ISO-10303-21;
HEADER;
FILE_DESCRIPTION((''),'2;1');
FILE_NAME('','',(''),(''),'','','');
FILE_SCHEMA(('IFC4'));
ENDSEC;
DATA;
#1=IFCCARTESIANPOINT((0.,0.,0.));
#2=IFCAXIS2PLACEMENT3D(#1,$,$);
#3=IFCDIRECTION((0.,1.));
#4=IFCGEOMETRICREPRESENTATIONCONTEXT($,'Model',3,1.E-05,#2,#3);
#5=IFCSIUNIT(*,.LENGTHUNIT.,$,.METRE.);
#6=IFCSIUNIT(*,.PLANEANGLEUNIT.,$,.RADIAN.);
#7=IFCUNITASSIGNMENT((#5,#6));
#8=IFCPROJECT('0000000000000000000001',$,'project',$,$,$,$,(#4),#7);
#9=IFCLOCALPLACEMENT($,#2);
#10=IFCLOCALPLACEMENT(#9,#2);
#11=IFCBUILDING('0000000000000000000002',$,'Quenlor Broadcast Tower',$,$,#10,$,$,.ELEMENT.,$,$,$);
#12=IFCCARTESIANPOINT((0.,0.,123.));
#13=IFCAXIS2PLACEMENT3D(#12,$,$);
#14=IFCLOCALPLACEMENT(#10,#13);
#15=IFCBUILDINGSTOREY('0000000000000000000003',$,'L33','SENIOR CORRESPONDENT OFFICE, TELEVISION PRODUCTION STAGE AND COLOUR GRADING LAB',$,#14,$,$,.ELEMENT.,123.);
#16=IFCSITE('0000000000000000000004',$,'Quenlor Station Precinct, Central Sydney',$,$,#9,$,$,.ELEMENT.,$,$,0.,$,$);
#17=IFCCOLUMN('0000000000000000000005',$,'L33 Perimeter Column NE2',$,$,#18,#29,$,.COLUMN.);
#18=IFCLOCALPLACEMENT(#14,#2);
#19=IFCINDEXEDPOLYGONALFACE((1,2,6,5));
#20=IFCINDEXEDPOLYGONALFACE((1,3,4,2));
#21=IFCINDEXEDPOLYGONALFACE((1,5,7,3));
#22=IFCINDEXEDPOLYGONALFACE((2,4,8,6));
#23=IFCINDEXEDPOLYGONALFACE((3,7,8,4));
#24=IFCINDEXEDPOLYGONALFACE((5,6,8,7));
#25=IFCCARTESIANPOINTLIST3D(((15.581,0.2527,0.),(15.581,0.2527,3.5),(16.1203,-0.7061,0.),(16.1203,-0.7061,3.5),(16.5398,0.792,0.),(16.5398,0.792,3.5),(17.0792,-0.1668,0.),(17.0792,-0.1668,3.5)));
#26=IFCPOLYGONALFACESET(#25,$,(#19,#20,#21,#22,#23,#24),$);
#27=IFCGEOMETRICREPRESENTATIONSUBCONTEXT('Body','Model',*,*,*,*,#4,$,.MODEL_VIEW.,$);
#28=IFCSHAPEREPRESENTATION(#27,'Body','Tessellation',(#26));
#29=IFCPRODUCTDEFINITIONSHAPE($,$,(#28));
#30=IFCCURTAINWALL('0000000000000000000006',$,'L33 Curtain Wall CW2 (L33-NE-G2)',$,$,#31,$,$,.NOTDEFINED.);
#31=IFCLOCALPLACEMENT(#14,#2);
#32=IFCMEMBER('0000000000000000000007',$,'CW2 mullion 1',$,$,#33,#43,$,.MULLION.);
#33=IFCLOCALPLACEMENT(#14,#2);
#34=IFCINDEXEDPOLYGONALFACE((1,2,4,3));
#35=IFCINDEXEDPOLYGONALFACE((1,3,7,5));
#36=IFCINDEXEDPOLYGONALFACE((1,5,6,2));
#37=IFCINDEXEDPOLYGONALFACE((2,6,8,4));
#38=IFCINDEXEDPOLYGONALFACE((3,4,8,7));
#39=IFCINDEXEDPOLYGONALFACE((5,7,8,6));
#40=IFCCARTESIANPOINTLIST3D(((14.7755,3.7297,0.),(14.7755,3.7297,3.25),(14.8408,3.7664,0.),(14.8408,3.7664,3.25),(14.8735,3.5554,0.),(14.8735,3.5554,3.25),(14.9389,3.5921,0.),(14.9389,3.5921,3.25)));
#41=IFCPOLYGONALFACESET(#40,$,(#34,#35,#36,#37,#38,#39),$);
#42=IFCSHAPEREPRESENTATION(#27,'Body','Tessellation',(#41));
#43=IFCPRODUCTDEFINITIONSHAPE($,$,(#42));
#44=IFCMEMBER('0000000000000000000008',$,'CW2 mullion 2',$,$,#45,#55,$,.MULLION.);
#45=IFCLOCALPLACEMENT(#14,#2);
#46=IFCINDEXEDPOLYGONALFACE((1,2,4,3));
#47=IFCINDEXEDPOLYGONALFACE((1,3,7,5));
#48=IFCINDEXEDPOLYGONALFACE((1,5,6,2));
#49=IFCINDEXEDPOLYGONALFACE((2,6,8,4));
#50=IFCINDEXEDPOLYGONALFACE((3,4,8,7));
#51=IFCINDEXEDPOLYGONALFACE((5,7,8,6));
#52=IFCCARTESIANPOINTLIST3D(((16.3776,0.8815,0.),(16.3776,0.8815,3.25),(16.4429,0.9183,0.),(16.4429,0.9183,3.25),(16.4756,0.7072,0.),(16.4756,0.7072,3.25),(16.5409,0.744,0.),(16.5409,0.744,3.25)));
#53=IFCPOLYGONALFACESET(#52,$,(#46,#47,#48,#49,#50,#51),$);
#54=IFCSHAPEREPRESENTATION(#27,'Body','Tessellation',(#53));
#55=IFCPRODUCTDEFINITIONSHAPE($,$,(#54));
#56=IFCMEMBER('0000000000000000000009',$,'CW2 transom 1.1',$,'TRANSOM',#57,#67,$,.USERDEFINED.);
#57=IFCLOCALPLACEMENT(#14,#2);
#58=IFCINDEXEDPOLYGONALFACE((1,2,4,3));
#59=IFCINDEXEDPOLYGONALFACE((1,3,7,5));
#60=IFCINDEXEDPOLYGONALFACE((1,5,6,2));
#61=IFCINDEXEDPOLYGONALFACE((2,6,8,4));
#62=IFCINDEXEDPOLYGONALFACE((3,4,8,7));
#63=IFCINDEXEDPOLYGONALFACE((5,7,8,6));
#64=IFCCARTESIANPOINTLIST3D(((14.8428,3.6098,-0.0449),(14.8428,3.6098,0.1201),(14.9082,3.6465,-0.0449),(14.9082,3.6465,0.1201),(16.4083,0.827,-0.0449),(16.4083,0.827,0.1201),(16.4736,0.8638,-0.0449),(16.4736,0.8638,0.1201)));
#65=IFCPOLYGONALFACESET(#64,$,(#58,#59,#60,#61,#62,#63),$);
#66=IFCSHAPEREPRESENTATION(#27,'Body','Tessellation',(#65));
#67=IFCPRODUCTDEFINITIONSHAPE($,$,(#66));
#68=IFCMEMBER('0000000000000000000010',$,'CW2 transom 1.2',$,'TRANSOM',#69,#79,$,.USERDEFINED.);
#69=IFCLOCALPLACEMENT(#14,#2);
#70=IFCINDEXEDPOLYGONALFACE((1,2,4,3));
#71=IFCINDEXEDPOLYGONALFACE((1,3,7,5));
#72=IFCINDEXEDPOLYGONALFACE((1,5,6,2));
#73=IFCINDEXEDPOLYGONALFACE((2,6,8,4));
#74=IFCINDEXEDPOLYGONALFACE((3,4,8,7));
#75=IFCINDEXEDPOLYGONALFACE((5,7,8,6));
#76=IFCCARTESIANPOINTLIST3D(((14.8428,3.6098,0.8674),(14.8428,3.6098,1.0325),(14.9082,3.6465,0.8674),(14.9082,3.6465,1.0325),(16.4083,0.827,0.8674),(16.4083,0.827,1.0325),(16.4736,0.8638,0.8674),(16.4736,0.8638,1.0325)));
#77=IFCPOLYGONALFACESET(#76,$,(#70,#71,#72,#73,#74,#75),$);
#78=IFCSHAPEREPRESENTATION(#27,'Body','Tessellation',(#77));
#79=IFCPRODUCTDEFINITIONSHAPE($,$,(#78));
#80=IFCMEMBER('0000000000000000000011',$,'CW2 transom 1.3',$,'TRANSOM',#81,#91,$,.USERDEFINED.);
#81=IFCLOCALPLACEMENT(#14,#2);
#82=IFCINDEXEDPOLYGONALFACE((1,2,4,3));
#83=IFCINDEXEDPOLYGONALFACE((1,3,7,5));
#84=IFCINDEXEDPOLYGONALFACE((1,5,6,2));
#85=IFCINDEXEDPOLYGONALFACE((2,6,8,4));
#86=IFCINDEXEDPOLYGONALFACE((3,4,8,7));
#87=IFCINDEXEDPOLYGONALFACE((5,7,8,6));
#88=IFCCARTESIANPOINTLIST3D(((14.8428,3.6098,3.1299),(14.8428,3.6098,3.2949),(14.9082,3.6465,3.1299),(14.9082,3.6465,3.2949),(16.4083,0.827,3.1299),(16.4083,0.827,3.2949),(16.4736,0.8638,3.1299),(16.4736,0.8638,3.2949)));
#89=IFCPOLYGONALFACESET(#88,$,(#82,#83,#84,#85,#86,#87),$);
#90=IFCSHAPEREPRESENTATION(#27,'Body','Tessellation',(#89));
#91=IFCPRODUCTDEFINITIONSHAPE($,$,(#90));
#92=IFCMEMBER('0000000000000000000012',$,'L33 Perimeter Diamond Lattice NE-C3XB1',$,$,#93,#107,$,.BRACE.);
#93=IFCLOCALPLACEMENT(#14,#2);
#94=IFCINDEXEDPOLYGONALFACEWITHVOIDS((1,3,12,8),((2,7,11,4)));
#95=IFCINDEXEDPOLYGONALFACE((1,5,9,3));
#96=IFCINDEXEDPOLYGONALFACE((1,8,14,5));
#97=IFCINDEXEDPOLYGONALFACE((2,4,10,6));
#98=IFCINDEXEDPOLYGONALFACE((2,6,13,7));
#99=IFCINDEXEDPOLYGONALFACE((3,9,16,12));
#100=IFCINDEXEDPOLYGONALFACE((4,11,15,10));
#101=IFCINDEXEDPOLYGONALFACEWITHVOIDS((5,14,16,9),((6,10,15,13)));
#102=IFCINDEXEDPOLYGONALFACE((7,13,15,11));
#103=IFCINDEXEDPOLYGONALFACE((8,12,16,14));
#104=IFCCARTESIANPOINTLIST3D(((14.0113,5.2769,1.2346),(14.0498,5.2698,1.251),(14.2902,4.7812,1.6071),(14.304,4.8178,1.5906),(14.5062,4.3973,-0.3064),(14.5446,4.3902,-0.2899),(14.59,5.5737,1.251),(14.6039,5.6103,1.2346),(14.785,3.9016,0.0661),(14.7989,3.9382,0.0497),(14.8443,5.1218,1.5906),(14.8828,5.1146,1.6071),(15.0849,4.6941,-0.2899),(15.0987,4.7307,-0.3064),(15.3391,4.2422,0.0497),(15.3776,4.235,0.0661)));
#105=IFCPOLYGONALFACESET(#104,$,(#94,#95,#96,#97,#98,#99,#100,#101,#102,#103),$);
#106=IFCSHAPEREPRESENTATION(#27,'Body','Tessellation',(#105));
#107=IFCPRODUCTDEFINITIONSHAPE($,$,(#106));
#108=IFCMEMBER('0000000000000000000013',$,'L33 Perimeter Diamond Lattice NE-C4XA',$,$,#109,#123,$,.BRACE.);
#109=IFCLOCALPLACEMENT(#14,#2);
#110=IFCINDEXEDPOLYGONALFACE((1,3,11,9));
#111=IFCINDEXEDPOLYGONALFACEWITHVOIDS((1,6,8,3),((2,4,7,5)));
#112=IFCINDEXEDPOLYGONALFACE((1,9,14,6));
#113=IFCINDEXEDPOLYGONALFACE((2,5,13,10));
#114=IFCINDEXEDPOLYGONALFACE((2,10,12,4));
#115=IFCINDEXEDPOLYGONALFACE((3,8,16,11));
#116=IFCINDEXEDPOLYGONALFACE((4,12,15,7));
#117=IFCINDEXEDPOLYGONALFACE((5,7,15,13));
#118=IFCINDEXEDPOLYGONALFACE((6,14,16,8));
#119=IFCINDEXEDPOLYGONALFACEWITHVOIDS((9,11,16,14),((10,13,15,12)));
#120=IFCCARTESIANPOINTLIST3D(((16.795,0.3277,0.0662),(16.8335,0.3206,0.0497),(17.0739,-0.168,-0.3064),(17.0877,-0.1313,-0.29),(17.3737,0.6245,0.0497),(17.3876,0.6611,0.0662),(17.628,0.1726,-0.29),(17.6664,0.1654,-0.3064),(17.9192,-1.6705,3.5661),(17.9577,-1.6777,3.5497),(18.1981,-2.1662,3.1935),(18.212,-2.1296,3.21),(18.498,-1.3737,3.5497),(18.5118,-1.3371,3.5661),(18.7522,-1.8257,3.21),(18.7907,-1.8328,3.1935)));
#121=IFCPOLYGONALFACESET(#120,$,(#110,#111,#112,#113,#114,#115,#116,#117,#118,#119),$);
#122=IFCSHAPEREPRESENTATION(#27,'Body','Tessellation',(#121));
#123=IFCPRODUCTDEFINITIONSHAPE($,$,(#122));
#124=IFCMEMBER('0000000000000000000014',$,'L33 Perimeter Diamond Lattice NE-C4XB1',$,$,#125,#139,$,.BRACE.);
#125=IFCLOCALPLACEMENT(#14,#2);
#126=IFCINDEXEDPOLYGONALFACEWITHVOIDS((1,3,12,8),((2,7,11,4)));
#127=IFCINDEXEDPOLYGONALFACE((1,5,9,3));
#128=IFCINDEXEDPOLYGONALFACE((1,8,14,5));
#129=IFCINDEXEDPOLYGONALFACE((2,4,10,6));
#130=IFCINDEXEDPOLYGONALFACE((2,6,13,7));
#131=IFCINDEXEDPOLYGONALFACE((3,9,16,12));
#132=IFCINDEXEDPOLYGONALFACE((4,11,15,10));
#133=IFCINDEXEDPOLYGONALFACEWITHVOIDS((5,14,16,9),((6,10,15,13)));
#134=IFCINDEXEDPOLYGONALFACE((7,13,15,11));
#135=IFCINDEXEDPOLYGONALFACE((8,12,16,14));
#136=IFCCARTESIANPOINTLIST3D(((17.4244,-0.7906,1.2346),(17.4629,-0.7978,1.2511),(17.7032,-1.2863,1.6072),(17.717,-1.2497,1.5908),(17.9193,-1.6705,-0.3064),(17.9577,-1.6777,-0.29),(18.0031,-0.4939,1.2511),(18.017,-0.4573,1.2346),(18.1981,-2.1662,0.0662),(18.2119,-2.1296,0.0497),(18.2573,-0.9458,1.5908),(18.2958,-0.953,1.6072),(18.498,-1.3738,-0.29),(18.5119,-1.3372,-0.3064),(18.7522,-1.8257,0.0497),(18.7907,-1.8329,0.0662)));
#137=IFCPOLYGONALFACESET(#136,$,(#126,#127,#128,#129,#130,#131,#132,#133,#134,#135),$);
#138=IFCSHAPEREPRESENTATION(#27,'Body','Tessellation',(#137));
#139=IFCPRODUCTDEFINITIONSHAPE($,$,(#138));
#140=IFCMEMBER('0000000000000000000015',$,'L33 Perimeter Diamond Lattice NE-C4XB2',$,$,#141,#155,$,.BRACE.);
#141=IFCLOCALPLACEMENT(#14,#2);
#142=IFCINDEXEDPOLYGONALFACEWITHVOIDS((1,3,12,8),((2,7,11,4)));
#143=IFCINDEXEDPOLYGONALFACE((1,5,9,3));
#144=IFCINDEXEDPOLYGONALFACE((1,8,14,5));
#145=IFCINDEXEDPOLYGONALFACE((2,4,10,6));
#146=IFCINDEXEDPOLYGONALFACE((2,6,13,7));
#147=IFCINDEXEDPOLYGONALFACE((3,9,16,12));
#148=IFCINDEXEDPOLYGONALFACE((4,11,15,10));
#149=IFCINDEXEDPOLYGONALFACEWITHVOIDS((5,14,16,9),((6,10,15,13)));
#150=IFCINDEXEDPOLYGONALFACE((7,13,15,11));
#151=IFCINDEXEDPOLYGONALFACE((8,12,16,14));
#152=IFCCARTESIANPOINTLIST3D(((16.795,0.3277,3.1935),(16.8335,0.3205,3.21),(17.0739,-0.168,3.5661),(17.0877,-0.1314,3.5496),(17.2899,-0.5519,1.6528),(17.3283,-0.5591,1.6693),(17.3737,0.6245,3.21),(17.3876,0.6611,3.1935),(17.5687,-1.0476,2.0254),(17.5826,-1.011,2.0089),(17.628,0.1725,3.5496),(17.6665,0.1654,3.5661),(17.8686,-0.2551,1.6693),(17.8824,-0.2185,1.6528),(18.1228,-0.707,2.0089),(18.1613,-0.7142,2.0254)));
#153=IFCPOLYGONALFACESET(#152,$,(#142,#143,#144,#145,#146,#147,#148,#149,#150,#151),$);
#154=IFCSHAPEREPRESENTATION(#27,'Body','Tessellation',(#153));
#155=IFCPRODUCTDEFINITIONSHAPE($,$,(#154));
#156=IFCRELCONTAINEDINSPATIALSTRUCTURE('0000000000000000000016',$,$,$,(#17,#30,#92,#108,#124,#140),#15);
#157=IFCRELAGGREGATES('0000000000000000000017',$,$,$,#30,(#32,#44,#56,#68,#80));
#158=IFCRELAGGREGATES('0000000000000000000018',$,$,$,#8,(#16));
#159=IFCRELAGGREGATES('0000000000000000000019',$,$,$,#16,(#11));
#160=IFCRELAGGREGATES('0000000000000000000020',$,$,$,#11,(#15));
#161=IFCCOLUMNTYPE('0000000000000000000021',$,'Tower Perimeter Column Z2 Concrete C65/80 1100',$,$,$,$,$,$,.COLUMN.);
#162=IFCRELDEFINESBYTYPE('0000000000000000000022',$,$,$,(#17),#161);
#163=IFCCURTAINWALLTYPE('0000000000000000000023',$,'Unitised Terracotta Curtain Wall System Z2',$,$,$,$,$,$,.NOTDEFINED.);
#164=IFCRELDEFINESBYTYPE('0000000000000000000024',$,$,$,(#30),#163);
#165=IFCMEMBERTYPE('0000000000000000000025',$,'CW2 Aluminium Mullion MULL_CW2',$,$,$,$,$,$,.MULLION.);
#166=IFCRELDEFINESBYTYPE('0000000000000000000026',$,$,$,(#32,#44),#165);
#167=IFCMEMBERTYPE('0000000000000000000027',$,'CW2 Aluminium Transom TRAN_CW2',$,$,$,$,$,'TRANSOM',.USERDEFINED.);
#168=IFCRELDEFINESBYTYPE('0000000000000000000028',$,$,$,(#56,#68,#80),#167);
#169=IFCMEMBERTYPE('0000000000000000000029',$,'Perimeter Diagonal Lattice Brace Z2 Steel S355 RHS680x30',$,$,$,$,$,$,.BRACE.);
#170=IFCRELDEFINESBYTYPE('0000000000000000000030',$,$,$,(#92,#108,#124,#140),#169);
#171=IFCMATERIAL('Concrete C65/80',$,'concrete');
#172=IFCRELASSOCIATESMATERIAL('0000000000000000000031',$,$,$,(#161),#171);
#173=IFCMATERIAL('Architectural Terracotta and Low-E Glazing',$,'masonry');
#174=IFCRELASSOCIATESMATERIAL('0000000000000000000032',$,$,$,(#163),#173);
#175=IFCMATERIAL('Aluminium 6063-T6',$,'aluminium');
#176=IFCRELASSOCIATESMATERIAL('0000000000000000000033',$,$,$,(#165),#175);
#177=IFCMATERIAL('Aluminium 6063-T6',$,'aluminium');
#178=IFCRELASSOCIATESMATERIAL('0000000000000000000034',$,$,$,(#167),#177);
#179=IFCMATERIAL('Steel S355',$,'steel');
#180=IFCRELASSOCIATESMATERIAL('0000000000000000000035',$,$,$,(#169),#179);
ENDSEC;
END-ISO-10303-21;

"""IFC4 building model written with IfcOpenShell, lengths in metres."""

from ifc_helpers import new_model, si_unit, direction, frame, origin, origin_2d, place, context, subcontext, project, spatial, rectangle, hollow_rectangle, extrude, material, material_profile, profile_set, type_object, element, aggregate, save


model = new_model("IFC4")

# Units and contexts
model_context = context("Model", 3, precision=1e-05, world=origin(), true_north=direction((0.0, 1.0)))
body_context = subcontext(model_context, "Body", "Model", "MODEL_VIEW")
ifc_project = project(units=[si_unit("LENGTHUNIT", "METRE"), si_unit("PLANEANGLEUNIT", "RADIAN")], contexts=[model_context])

# Site, building, storey
site_placement = place(None, origin())
site = spatial("IfcSite", under=ifc_project, at=site_placement, Name="Quenlor Station Precinct, Central Sydney", CompositionType="ELEMENT", RefElevation=0.0)
building_placement = place(site_placement, origin())
building = spatial("IfcBuilding", under=site, at=building_placement, Name="Quenlor Broadcast Tower", CompositionType="ELEMENT")
storey_placement = place(building_placement, frame((0.0, 0.0, 123.0)))
storey = spatial("IfcBuildingStorey", under=building, at=storey_placement, Name="L33", Description="SENIOR CORRESPONDENT OFFICE, TELEVISION PRODUCTION STAGE AND COLOUR GRADING LAB", CompositionType="ELEMENT", Elevation=123.0)

# Column
ifc_material_1 = material(Name="Concrete C65/80", Category="concrete")
ifc_material_profile_1 = material_profile(ifc_material_1, rectangle(XDim=1.1001, YDim=1.1001, at=origin_2d()))
ifc_profile_set_1 = profile_set([ifc_material_profile_1], Name="Concrete C65/80 RC1100x1100")
column_type = type_object("IfcColumnType", Name="Tower Perimeter Column Z2 Concrete C65/80 1100", PredefinedType="COLUMN", material=ifc_profile_set_1)
column_placement = place(storey_placement, frame((16.3301, 0.043, 0.0), z_axis=(0.0, 0.0, 1.0), x_axis=(0.871575, 0.490262, 0.0)))
element("IfcColumn", 1, at=column_placement, inside=storey, type_object=column_type, Name="L33 Perimeter Column NE2", PredefinedType="COLUMN", context=body_context, shape_type="SweptSolid", body=[
    extrude(rectangle(XDim=1.1001, YDim=1.1001, at=origin_2d()), origin(), (0.0, 0.0, 1.0), 3.5),
])

# Curtain wall, members
ifc_material_2 = material(Name="Architectural Terracotta and Low-E Glazing", Category="masonry")
curtain_wall_type = type_object("IfcCurtainWallType", Name="Unitised Terracotta Curtain Wall System Z2", PredefinedType="NOTDEFINED", material=ifc_material_2)
curtain_wall_placement = place(storey_placement, origin())
curtain_wall = element("IfcCurtainWall", 2, at=curtain_wall_placement, inside=storey, type_object=curtain_wall_type, Name="L33 Curtain Wall CW2 (L33-NE-G2)", PredefinedType="NOTDEFINED")
ifc_material_3 = material(Name="Aluminium 6063-T6", Category="aluminium")
ifc_material_profile_2 = material_profile(ifc_material_3, rectangle(XDim=0.075, YDim=0.2, at=origin_2d()))
ifc_profile_set_2 = profile_set([ifc_material_profile_2], Name="Aluminium 6063-T6 MULL75x200")
member_type_1 = type_object("IfcMemberType", Name="CW2 Aluminium Mullion MULL_CW2", PredefinedType="MULLION", material=ifc_profile_set_2)
member_1_placement = place(storey_placement, frame((14.8572, 3.6609, 0.0), z_axis=(0.0, 0.0, 1.0), x_axis=(0.871576, 0.490261, 0.0)))
member_1 = element("IfcMember", 3, at=member_1_placement, type_object=member_type_1, Name="CW2 mullion 1", PredefinedType="MULLION", context=body_context, shape_type="SweptSolid", body=[
    extrude(rectangle(XDim=0.075, YDim=0.2, at=origin_2d()), origin(), (0.0, 0.0, 1.0), 3.25),
])
member_2_placement = place(storey_placement, frame((16.4592, 0.8127, 0.0), z_axis=(0.0, 0.0, 1.0), x_axis=(0.871576, 0.490261, 0.0)))
member_2 = element("IfcMember", 4, at=member_2_placement, type_object=member_type_1, Name="CW2 mullion 2", PredefinedType="MULLION", context=body_context, shape_type="SweptSolid", body=[
    extrude(rectangle(XDim=0.075, YDim=0.2, at=origin_2d()), origin(), (0.0, 0.0, 1.0), 3.25),
])
ifc_material_4 = material(Name="Aluminium 6063-T6", Category="aluminium")
ifc_material_profile_3 = material_profile(ifc_material_4, rectangle(XDim=0.075, YDim=0.165, at=origin_2d()))
ifc_profile_set_3 = profile_set([ifc_material_profile_3], Name="Aluminium 6063-T6 TRAN75x165")
member_type_2 = type_object("IfcMemberType", Name="CW2 Aluminium Transom TRAN_CW2", ElementType="TRANSOM", PredefinedType="USERDEFINED", material=ifc_profile_set_3)
member_3_placement = place(storey_placement, frame((14.8755, 3.6282, 0.0376), z_axis=(0.490298, -0.871555, 0.0), x_axis=(0.871555, 0.490298, 0.0)))
member_3 = element("IfcMember", 5, at=member_3_placement, type_object=member_type_2, Name="CW2 transom 1.1", ObjectType="TRANSOM", PredefinedType="USERDEFINED", context=body_context, shape_type="SweptSolid", body=[
    extrude(rectangle(XDim=0.075, YDim=0.165, at=origin_2d()), origin(), (0.0, 0.0, 1.0), 3.1929),
])
member_4_placement = place(storey_placement, frame((14.8755, 3.6282, 0.95), z_axis=(0.490298, -0.871555, 0.0), x_axis=(0.871555, 0.490298, 0.0)))
member_4 = element("IfcMember", 6, at=member_4_placement, type_object=member_type_2, Name="CW2 transom 1.2", ObjectType="TRANSOM", PredefinedType="USERDEFINED", context=body_context, shape_type="SweptSolid", body=[
    extrude(rectangle(XDim=0.075, YDim=0.165, at=origin_2d()), origin(), (0.0, 0.0, 1.0), 3.1929),
])
member_5_placement = place(storey_placement, frame((14.8755, 3.6282, 3.2124), z_axis=(0.490298, -0.871555, 0.0), x_axis=(0.871555, 0.490298, 0.0)))
member_5 = element("IfcMember", 7, at=member_5_placement, type_object=member_type_2, Name="CW2 transom 1.3", ObjectType="TRANSOM", PredefinedType="USERDEFINED", context=body_context, shape_type="SweptSolid", body=[
    extrude(rectangle(XDim=0.075, YDim=0.165, at=origin_2d()), origin(), (0.0, 0.0, 1.0), 3.1929),
])

# Members
ifc_material_5 = material(Name="Steel S355", Category="steel")
ifc_material_profile_4 = material_profile(ifc_material_5, hollow_rectangle(XDim=0.6799, YDim=0.6799, WallThickness=0.03, at=origin_2d()))
ifc_profile_set_4 = profile_set([ifc_material_profile_4], Name="Steel S355 RHS680x680x30")
member_type_3 = type_object("IfcMemberType", Name="Perimeter Diagonal Lattice Brace Z2 Steel S355 RHS680x30", PredefinedType="BRACE", material=ifc_profile_set_4)
member_6_placement = place(storey_placement, frame((14.9419, 4.3162, -0.1201), z_axis=(-0.268644, 0.477515, 0.836546), x_axis=(-0.871543, -0.490319, 0.0)))
element("IfcMember", 8, at=member_6_placement, inside=storey, type_object=member_type_3, Name="L33 Perimeter Diamond Lattice NE-C3XB1", PredefinedType="BRACE", context=body_context, shape_type="SweptSolid", body=[
    extrude(hollow_rectangle(XDim=0.6799, YDim=0.6799, WallThickness=0.03, at=origin_2d()), origin(), (0.0, 0.0, 1.0), 1.842),
])
member_7_placement = place(storey_placement, frame((17.2307, 0.2466, -0.1201), z_axis=(0.268697, -0.477585, 0.836489), x_axis=(0.871533, 0.490337, 0.0)))
element("IfcMember", 9, at=member_7_placement, inside=storey, type_object=member_type_3, Name="L33 Perimeter Diamond Lattice NE-C4XA", PredefinedType="BRACE", context=body_context, shape_type="SweptSolid", body=[
    extrude(hollow_rectangle(XDim=0.6799, YDim=0.6799, WallThickness=0.03, at=origin_2d()), origin(), (0.0, 0.0, 1.0), 4.1841),
])
member_8_placement = place(storey_placement, frame((18.355, -1.7517, -0.1201), z_axis=(-0.268627, 0.477618, 0.836493), x_axis=(-0.871601, -0.490215, 0.0)))
element("IfcMember", 10, at=member_8_placement, inside=storey, type_object=member_type_3, Name="L33 Perimeter Diamond Lattice NE-C4XB1", PredefinedType="BRACE", context=body_context, shape_type="SweptSolid", body=[
    extrude(hollow_rectangle(XDim=0.6799, YDim=0.6799, WallThickness=0.03, at=origin_2d()), origin(), (0.0, 0.0, 1.0), 1.8423),
])
member_9_placement = place(storey_placement, frame((17.7256, -0.6331, 1.8391), z_axis=(-0.268674, 0.477568, 0.836507), x_axis=(-0.871543, -0.490319, 0.0)))
element("IfcMember", 11, at=member_9_placement, inside=storey, type_object=member_type_3, Name="L33 Perimeter Diamond Lattice NE-C4XB2", PredefinedType="BRACE", context=body_context, shape_type="SweptSolid", body=[
    extrude(hollow_rectangle(XDim=0.6799, YDim=0.6799, WallThickness=0.03, at=origin_2d()), origin(), (0.0, 0.0, 1.0), 1.8418),
])

aggregate(curtain_wall, [member_1, member_2, member_3, member_4, member_5])

save(model, "model.ifc")
